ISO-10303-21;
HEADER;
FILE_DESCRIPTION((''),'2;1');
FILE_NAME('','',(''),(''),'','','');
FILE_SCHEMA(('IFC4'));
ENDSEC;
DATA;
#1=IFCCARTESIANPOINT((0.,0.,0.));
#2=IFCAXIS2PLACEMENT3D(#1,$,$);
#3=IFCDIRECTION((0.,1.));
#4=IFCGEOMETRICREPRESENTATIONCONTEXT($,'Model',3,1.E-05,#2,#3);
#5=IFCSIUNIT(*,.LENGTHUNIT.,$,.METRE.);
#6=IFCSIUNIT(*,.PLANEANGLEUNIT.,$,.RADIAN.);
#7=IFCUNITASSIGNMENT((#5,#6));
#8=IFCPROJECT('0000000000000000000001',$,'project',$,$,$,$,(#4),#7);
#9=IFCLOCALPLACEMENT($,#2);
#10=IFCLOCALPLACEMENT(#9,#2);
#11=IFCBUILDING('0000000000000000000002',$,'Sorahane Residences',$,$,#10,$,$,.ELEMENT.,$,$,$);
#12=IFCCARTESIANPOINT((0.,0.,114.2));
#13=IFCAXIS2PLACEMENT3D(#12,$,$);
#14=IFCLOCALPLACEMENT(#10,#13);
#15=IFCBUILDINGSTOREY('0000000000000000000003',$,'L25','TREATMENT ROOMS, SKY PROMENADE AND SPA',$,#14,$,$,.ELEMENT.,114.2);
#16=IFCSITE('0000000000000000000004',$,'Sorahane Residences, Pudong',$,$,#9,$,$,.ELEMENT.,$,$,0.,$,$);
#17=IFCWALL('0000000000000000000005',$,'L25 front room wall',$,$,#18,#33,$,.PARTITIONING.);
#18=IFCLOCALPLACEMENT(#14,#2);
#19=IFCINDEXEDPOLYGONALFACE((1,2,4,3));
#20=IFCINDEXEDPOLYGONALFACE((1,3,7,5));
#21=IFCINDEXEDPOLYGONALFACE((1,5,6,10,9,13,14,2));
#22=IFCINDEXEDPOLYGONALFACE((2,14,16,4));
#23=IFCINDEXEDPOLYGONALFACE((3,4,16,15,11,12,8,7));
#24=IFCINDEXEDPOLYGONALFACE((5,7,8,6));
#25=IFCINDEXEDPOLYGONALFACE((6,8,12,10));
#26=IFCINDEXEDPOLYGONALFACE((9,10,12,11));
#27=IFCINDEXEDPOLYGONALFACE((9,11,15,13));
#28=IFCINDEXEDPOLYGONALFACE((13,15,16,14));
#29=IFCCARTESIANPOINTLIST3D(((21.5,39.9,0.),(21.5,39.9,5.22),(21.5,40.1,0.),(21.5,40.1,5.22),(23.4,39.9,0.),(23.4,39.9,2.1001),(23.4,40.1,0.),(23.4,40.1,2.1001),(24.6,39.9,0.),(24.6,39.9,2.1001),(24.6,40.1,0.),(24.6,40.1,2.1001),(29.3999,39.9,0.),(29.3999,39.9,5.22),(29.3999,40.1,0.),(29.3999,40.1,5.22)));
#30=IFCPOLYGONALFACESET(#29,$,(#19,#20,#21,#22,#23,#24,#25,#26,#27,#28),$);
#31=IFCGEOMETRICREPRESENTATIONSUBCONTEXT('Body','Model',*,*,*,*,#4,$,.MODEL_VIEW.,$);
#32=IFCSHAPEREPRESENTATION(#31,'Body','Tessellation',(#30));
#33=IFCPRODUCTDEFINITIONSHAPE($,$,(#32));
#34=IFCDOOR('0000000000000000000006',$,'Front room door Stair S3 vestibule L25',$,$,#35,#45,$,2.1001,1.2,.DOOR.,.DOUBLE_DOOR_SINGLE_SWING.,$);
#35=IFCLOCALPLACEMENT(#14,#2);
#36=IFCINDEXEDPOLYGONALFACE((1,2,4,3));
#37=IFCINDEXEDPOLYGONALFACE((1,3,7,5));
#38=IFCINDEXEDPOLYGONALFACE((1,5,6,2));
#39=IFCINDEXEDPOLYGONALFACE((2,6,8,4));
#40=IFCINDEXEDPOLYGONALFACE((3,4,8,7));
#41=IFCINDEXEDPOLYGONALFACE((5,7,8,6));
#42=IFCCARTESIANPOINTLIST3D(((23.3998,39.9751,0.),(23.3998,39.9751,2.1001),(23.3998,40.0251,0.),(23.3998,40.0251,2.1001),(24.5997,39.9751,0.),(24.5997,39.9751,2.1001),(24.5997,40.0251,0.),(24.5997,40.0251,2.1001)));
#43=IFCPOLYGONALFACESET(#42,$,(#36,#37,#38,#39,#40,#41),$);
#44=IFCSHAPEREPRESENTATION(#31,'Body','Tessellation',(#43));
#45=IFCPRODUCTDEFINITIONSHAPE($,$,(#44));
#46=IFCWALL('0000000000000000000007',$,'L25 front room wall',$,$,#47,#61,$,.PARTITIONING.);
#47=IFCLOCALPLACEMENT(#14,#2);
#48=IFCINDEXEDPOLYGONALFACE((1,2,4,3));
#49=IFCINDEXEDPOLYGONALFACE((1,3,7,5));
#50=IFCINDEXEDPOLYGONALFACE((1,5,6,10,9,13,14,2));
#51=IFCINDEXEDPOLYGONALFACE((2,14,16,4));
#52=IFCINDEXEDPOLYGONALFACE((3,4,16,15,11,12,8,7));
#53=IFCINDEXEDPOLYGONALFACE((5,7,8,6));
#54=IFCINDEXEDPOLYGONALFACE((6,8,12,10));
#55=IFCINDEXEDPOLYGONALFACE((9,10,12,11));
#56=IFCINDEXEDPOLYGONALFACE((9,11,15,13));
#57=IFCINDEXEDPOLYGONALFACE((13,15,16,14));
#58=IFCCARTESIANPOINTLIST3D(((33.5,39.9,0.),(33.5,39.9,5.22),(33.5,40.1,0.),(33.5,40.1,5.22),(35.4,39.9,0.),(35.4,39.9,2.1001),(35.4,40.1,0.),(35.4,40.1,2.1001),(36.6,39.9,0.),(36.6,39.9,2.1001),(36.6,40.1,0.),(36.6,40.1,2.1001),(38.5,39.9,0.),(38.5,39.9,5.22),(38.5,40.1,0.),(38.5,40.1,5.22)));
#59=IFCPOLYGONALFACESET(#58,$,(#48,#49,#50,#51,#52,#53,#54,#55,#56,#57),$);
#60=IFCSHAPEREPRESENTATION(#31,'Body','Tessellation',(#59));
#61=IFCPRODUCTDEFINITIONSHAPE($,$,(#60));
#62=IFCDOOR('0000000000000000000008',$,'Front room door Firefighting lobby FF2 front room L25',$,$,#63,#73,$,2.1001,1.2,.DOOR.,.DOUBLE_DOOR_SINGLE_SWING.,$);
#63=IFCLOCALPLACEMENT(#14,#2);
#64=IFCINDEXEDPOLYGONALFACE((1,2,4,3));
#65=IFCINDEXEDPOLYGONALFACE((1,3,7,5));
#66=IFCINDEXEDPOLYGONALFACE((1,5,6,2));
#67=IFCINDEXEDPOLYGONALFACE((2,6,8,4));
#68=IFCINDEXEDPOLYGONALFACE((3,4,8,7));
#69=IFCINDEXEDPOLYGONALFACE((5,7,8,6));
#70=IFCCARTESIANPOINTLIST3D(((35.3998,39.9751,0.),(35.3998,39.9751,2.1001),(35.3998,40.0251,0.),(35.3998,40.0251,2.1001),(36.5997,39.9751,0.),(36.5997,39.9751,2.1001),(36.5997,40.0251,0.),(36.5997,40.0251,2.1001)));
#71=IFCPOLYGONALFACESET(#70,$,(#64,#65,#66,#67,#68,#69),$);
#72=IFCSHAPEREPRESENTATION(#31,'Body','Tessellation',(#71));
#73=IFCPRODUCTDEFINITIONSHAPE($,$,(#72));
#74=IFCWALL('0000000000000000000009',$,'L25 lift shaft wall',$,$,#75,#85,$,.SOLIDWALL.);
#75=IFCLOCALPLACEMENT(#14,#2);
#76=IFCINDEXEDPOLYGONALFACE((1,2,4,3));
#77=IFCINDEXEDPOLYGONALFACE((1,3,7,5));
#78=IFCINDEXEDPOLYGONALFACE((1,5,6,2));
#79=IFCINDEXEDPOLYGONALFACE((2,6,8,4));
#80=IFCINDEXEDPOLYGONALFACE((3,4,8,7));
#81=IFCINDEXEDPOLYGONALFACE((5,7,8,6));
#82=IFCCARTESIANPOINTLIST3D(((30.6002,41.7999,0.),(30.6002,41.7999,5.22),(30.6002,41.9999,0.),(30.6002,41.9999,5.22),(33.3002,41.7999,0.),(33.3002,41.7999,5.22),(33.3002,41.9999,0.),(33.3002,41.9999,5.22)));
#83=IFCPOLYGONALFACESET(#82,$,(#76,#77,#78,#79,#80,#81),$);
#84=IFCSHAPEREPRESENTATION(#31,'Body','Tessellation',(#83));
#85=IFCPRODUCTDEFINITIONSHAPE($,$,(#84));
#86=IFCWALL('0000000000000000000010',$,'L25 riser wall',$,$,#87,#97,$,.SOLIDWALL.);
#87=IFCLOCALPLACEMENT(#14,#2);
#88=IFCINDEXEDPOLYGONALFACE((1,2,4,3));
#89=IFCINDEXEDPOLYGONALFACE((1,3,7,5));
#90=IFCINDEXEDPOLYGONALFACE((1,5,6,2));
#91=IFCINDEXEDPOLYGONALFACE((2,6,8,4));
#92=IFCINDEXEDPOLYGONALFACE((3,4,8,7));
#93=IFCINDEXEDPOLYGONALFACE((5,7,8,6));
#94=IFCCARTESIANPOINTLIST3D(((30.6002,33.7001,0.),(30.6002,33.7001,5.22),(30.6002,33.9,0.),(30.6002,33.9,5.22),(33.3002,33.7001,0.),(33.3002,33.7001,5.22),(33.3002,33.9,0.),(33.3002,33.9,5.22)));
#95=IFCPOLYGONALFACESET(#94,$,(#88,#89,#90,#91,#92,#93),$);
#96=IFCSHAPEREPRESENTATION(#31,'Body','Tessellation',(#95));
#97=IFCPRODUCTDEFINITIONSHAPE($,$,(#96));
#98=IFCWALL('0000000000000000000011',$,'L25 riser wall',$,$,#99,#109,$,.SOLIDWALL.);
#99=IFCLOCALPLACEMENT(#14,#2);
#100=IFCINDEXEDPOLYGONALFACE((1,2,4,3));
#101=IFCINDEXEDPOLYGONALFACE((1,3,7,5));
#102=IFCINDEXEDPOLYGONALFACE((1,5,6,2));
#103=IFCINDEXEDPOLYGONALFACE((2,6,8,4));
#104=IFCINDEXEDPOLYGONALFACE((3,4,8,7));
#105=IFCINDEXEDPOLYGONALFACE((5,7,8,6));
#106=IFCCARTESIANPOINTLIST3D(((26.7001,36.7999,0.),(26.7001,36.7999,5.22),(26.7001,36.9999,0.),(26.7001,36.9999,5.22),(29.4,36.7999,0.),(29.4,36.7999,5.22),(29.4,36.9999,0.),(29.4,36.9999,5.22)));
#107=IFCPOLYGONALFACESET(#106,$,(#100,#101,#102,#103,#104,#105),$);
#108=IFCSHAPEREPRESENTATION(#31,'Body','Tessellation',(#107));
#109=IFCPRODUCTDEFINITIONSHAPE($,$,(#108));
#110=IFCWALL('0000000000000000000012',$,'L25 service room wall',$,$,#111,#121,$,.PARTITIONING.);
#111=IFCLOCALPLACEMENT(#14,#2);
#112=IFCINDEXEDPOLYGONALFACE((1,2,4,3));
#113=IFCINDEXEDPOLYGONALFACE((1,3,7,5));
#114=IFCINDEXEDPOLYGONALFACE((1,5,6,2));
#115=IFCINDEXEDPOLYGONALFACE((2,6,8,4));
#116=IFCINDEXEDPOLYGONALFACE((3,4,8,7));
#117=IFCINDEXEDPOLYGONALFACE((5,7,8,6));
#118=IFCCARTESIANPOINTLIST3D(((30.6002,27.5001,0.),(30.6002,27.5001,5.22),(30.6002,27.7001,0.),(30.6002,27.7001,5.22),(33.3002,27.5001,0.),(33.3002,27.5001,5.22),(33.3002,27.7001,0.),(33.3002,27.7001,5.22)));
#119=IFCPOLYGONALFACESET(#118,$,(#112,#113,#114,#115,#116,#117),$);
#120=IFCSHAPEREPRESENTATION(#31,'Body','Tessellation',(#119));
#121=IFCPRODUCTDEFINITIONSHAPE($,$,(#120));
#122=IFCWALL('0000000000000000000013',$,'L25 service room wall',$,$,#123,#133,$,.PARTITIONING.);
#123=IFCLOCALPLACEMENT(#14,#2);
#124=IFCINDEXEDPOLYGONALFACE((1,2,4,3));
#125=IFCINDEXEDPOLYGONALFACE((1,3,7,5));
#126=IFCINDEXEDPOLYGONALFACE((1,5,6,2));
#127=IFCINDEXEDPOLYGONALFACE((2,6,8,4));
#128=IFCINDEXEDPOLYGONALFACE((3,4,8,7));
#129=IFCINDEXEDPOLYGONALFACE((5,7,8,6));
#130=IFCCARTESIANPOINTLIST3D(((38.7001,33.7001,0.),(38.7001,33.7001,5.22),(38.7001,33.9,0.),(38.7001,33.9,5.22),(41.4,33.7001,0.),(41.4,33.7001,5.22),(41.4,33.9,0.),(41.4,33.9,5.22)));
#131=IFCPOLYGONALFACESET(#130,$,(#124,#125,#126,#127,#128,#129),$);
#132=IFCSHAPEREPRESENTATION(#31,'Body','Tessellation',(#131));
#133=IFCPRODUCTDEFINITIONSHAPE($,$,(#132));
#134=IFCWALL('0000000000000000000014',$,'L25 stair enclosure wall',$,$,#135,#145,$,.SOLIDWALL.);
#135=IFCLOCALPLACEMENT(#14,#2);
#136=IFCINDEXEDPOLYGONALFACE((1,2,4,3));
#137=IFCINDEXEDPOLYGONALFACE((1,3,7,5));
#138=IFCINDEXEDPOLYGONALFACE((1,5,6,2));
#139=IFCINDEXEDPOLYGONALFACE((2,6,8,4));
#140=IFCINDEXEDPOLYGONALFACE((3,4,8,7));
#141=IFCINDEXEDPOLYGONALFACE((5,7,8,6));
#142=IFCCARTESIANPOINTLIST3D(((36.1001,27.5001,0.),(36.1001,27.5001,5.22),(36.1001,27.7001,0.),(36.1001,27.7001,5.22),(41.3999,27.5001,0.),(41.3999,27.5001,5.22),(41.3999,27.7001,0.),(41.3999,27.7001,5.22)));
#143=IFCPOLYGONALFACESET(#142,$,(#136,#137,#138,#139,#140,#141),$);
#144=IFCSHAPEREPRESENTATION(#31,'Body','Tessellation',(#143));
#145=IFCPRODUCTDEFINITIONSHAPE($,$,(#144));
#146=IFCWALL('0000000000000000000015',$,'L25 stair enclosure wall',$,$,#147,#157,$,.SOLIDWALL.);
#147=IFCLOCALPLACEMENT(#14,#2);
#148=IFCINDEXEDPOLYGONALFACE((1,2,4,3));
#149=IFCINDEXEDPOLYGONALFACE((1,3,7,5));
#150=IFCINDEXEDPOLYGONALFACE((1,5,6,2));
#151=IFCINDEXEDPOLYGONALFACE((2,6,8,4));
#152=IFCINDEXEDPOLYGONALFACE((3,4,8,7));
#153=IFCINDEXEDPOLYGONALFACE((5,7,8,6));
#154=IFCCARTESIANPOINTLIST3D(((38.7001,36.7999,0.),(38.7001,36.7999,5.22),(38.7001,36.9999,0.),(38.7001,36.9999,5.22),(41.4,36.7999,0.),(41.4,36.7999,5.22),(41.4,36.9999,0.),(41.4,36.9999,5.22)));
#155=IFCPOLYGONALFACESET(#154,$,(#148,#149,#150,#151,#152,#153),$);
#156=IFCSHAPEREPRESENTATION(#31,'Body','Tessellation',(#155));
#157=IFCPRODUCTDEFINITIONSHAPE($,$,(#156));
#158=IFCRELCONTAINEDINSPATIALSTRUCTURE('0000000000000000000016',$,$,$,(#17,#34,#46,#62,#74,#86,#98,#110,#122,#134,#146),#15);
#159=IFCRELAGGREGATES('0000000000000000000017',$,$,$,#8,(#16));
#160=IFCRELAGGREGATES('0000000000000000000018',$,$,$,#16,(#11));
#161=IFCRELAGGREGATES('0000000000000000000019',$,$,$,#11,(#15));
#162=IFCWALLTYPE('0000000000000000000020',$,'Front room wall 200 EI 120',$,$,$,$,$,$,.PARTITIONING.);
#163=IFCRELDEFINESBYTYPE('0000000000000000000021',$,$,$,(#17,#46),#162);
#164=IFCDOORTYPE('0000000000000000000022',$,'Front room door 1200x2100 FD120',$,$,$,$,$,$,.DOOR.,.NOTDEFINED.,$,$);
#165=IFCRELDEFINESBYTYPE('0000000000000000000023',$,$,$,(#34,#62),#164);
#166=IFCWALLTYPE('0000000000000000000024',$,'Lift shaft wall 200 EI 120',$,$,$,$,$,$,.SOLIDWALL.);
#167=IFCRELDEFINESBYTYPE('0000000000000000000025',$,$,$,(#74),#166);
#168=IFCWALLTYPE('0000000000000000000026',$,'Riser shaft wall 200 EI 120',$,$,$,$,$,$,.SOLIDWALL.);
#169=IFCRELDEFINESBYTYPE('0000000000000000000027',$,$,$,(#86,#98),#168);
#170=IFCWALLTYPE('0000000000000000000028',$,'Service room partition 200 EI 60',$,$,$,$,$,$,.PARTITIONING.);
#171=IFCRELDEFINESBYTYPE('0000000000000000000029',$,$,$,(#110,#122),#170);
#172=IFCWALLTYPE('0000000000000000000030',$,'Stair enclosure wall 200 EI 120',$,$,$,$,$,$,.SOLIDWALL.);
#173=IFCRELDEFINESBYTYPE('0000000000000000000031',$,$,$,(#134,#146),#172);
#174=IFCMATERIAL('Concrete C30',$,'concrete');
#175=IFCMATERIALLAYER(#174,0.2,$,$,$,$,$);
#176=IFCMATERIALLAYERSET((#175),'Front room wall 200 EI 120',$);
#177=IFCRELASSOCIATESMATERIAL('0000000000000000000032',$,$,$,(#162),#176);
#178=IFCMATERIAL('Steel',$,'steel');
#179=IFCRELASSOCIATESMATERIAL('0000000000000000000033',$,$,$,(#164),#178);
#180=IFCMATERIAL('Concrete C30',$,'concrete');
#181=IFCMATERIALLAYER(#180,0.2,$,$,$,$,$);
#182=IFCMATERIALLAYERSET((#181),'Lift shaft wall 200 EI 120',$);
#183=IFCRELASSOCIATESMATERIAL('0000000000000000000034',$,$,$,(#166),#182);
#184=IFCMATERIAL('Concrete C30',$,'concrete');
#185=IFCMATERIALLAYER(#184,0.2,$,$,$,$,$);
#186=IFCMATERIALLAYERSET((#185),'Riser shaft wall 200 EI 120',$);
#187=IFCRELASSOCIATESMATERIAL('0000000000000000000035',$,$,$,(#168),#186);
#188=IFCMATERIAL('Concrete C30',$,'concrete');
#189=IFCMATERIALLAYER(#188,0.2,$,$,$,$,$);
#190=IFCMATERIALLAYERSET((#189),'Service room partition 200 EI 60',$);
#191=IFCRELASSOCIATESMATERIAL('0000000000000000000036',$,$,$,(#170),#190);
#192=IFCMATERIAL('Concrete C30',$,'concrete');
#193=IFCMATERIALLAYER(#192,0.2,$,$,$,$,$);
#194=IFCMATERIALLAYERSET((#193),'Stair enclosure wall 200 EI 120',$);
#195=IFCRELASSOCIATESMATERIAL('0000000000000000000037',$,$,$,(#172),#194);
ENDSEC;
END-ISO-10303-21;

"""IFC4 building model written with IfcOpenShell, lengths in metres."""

from ifc_helpers import new_model, si_unit, direction, frame, frame_2d, origin, place, context, subcontext, project, spatial, rectangle, extrude, material, layer, layer_set, type_object, element, fill, save


model = new_model("IFC4")

# Units and contexts
model_context = context("Model", 3, precision=1e-05, world=origin(), true_north=direction((0.0, 1.0)))
body_context = subcontext(model_context, "Body", "Model", "MODEL_VIEW")
ifc_project = project(units=[si_unit("LENGTHUNIT", "METRE"), si_unit("PLANEANGLEUNIT", "RADIAN")], contexts=[model_context])

# Site, building, storey
site_placement = place(None, origin())
site = spatial("IfcSite", under=ifc_project, at=site_placement, Name="Sorahane Residences, Pudong", CompositionType="ELEMENT", RefElevation=0.0)
building_placement = place(site_placement, origin())
building = spatial("IfcBuilding", under=site, at=building_placement, Name="Sorahane Residences", CompositionType="ELEMENT")
storey_placement = place(building_placement, frame((0.0, 0.0, 114.2)))
storey = spatial("IfcBuildingStorey", under=building, at=storey_placement, Name="L25", Description="TREATMENT ROOMS, SKY PROMENADE AND SPA", CompositionType="ELEMENT", Elevation=114.2)

# Walls, openings, doors
ifc_material_1 = material(Name="Concrete C30", Category="concrete")
ifc_layer_1 = layer(ifc_material_1, 0.2)
ifc_layer_set_1 = layer_set([ifc_layer_1], Name="Front room wall 200 EI 120")
wall_type_1 = type_object("IfcWallType", Name="Front room wall 200 EI 120", PredefinedType="PARTITIONING", material=ifc_layer_set_1)
wall_1_placement = place(storey_placement, frame((21.5, 40.0, 0.0), z_axis=(0.0, 0.0, 1.0), x_axis=(1.0, 0.0, 0.0)))
wall_1 = element("IfcWall", 1, at=wall_1_placement, inside=storey, type_object=wall_type_1, Name="L25 front room wall", PredefinedType="PARTITIONING", context=body_context, shape_type="SweptSolid", body=[
    extrude(rectangle(XDim=7.8999, YDim=0.2, at=frame_2d((3.95, 0.0))), origin(), (0.0, 0.0, 1.0), 5.22),
])
opening_1_placement = place(wall_1_placement, frame((1.8999, 0.0, 0.0)))
opening_1 = element("IfcOpeningElement", 2, at=opening_1_placement, cuts=wall_1, PredefinedType="OPENING", context=body_context, shape_type="SweptSolid", body=[
    extrude(rectangle(XDim=1.2, YDim=2.1001, at=frame_2d((0.6001, 1.05))), frame((0.0, 0.1099, 0.0), z_axis=(0.0, -1.0, 0.0), x_axis=(1.0, 0.0, 0.0)), (0.0, 0.0, 1.0), 0.22),
])
ifc_material_2 = material(Name="Steel", Category="steel")
door_type = type_object("IfcDoorType", Name="Front room door 1200x2100 FD120", OperationType="NOTDEFINED", PredefinedType="DOOR", material=ifc_material_2)
door_1_placement = place(opening_1_placement, frame((1.2, 0.0, 0.0), z_axis=(0.0, 0.0, 1.0), x_axis=(-1.0, 0.0, 0.0)))
door_1 = element("IfcDoor", 3, at=door_1_placement, inside=storey, type_object=door_type, Name="Front room door Stair S3 vestibule L25", OperationType="DOUBLE_DOOR_SINGLE_SWING", OverallHeight=2.1001, OverallWidth=1.2, PredefinedType="DOOR", context=body_context, shape_type="SweptSolid", body=[
    extrude(rectangle(XDim=1.2, YDim=2.1001, at=frame_2d((0.6001, 1.05))), frame((0.0, 0.0249, 0.0), z_axis=(0.0, -1.0, 0.0), x_axis=(1.0, 0.0, 0.0)), (0.0, 0.0, 1.0), 0.05),
])
fill(opening_1, door_1)
wall_2_placement = place(storey_placement, frame((33.5, 40.0, 0.0), z_axis=(0.0, 0.0, 1.0), x_axis=(1.0, 0.0, 0.0)))
wall_2 = element("IfcWall", 4, at=wall_2_placement, inside=storey, type_object=wall_type_1, Name="L25 front room wall", PredefinedType="PARTITIONING", context=body_context, shape_type="SweptSolid", body=[
    extrude(rectangle(XDim=5.0, YDim=0.2, at=frame_2d((2.5, 0.0))), origin(), (0.0, 0.0, 1.0), 5.22),
])
opening_2_placement = place(wall_2_placement, frame((1.8999, 0.0, 0.0)))
opening_2 = element("IfcOpeningElement", 5, at=opening_2_placement, cuts=wall_2, PredefinedType="OPENING", context=body_context, shape_type="SweptSolid", body=[
    extrude(rectangle(XDim=1.2, YDim=2.1001, at=frame_2d((0.6001, 1.05))), frame((0.0, 0.1099, 0.0), z_axis=(0.0, -1.0, 0.0), x_axis=(1.0, 0.0, 0.0)), (0.0, 0.0, 1.0), 0.22),
])
door_2_placement = place(opening_2_placement, frame((1.2, 0.0, 0.0), z_axis=(0.0, 0.0, 1.0), x_axis=(-1.0, 0.0, 0.0)))
door_2 = element("IfcDoor", 6, at=door_2_placement, inside=storey, type_object=door_type, Name="Front room door Firefighting lobby FF2 front room L25", OperationType="DOUBLE_DOOR_SINGLE_SWING", OverallHeight=2.1001, OverallWidth=1.2, PredefinedType="DOOR", context=body_context, shape_type="SweptSolid", body=[
    extrude(rectangle(XDim=1.2, YDim=2.1001, at=frame_2d((0.6001, 1.05))), frame((0.0, 0.0249, 0.0), z_axis=(0.0, -1.0, 0.0), x_axis=(1.0, 0.0, 0.0)), (0.0, 0.0, 1.0), 0.05),
])
fill(opening_2, door_2)

# Walls
ifc_material_3 = material(Name="Concrete C30", Category="concrete")
ifc_layer_2 = layer(ifc_material_3, 0.2)
ifc_layer_set_2 = layer_set([ifc_layer_2], Name="Lift shaft wall 200 EI 120")
wall_type_2 = type_object("IfcWallType", Name="Lift shaft wall 200 EI 120", PredefinedType="SOLIDWALL", material=ifc_layer_set_2)
wall_3_placement = place(storey_placement, frame((30.6001, 41.8999, 0.0), z_axis=(0.0, 0.0, 1.0), x_axis=(1.0, 0.0, 0.0)))
element("IfcWall", 7, at=wall_3_placement, inside=storey, type_object=wall_type_2, Name="L25 lift shaft wall", PredefinedType="SOLIDWALL", context=body_context, shape_type="SweptSolid", body=[
    extrude(rectangle(XDim=2.7, YDim=0.2, at=frame_2d((1.3501, 0.0))), origin(), (0.0, 0.0, 1.0), 5.22),
])
ifc_material_4 = material(Name="Concrete C30", Category="concrete")
ifc_layer_3 = layer(ifc_material_4, 0.2)
ifc_layer_set_3 = layer_set([ifc_layer_3], Name="Riser shaft wall 200 EI 120")
wall_type_3 = type_object("IfcWallType", Name="Riser shaft wall 200 EI 120", PredefinedType="SOLIDWALL", material=ifc_layer_set_3)
for number, where, z_axis, x_axis, name in (
    (8, (30.6001, 33.8, 0.0), (0.0, 0.0, 1.0), (1.0, 0.0, 0.0), "L25 riser wall"),
    (9, (26.7, 36.8999, 0.0), (0.0, 0.0, 1.0), (1.0, 0.0, 0.0), "L25 riser wall"),
):
    element("IfcWall", number, at=place(storey_placement, frame(where, z_axis=z_axis, x_axis=x_axis)), inside=storey, type_object=wall_type_3, Name=name, PredefinedType="SOLIDWALL", context=body_context, shape_type="SweptSolid", body=[
        extrude(rectangle(XDim=2.7, YDim=0.2, at=frame_2d((1.3501, 0.0))), origin(), (0.0, 0.0, 1.0), 5.22),
    ])
ifc_material_5 = material(Name="Concrete C30", Category="concrete")
ifc_layer_4 = layer(ifc_material_5, 0.2)
ifc_layer_set_4 = layer_set([ifc_layer_4], Name="Service room partition 200 EI 60")
wall_type_4 = type_object("IfcWallType", Name="Service room partition 200 EI 60", PredefinedType="PARTITIONING", material=ifc_layer_set_4)
for number, where, z_axis, x_axis, name in (
    (10, (30.6001, 27.6001, 0.0), (0.0, 0.0, 1.0), (1.0, 0.0, 0.0), "L25 service room wall"),
    (11, (38.7, 33.8, 0.0), (0.0, 0.0, 1.0), (1.0, 0.0, 0.0), "L25 service room wall"),
):
    element("IfcWall", number, at=place(storey_placement, frame(where, z_axis=z_axis, x_axis=x_axis)), inside=storey, type_object=wall_type_4, Name=name, PredefinedType="PARTITIONING", context=body_context, shape_type="SweptSolid", body=[
        extrude(rectangle(XDim=2.7, YDim=0.2, at=frame_2d((1.3501, 0.0))), origin(), (0.0, 0.0, 1.0), 5.22),
    ])
ifc_material_6 = material(Name="Concrete C30", Category="concrete")
ifc_layer_5 = layer(ifc_material_6, 0.2)
ifc_layer_set_5 = layer_set([ifc_layer_5], Name="Stair enclosure wall 200 EI 120")
wall_type_5 = type_object("IfcWallType", Name="Stair enclosure wall 200 EI 120", PredefinedType="SOLIDWALL", material=ifc_layer_set_5)
wall_4_placement = place(storey_placement, frame((36.1001, 27.6001, 0.0), z_axis=(0.0, 0.0, 1.0), x_axis=(1.0, 0.0, 0.0)))
element("IfcWall", 12, at=wall_4_placement, inside=storey, type_object=wall_type_5, Name="L25 stair enclosure wall", PredefinedType="SOLIDWALL", context=body_context, shape_type="SweptSolid", body=[
    extrude(rectangle(XDim=5.2998, YDim=0.2, at=frame_2d((2.6499, 0.0))), origin(), (0.0, 0.0, 1.0), 5.22),
])
wall_5_placement = place(storey_placement, frame((38.7, 36.8999, 0.0), z_axis=(0.0, 0.0, 1.0), x_axis=(1.0, 0.0, 0.0)))
element("IfcWall", 13, at=wall_5_placement, inside=storey, type_object=wall_type_5, Name="L25 stair enclosure wall", PredefinedType="SOLIDWALL", context=body_context, shape_type="SweptSolid", body=[
    extrude(rectangle(XDim=2.7, YDim=0.2, at=frame_2d((1.3501, 0.0))), origin(), (0.0, 0.0, 1.0), 5.22),
])

save(model, "model.ifc")
